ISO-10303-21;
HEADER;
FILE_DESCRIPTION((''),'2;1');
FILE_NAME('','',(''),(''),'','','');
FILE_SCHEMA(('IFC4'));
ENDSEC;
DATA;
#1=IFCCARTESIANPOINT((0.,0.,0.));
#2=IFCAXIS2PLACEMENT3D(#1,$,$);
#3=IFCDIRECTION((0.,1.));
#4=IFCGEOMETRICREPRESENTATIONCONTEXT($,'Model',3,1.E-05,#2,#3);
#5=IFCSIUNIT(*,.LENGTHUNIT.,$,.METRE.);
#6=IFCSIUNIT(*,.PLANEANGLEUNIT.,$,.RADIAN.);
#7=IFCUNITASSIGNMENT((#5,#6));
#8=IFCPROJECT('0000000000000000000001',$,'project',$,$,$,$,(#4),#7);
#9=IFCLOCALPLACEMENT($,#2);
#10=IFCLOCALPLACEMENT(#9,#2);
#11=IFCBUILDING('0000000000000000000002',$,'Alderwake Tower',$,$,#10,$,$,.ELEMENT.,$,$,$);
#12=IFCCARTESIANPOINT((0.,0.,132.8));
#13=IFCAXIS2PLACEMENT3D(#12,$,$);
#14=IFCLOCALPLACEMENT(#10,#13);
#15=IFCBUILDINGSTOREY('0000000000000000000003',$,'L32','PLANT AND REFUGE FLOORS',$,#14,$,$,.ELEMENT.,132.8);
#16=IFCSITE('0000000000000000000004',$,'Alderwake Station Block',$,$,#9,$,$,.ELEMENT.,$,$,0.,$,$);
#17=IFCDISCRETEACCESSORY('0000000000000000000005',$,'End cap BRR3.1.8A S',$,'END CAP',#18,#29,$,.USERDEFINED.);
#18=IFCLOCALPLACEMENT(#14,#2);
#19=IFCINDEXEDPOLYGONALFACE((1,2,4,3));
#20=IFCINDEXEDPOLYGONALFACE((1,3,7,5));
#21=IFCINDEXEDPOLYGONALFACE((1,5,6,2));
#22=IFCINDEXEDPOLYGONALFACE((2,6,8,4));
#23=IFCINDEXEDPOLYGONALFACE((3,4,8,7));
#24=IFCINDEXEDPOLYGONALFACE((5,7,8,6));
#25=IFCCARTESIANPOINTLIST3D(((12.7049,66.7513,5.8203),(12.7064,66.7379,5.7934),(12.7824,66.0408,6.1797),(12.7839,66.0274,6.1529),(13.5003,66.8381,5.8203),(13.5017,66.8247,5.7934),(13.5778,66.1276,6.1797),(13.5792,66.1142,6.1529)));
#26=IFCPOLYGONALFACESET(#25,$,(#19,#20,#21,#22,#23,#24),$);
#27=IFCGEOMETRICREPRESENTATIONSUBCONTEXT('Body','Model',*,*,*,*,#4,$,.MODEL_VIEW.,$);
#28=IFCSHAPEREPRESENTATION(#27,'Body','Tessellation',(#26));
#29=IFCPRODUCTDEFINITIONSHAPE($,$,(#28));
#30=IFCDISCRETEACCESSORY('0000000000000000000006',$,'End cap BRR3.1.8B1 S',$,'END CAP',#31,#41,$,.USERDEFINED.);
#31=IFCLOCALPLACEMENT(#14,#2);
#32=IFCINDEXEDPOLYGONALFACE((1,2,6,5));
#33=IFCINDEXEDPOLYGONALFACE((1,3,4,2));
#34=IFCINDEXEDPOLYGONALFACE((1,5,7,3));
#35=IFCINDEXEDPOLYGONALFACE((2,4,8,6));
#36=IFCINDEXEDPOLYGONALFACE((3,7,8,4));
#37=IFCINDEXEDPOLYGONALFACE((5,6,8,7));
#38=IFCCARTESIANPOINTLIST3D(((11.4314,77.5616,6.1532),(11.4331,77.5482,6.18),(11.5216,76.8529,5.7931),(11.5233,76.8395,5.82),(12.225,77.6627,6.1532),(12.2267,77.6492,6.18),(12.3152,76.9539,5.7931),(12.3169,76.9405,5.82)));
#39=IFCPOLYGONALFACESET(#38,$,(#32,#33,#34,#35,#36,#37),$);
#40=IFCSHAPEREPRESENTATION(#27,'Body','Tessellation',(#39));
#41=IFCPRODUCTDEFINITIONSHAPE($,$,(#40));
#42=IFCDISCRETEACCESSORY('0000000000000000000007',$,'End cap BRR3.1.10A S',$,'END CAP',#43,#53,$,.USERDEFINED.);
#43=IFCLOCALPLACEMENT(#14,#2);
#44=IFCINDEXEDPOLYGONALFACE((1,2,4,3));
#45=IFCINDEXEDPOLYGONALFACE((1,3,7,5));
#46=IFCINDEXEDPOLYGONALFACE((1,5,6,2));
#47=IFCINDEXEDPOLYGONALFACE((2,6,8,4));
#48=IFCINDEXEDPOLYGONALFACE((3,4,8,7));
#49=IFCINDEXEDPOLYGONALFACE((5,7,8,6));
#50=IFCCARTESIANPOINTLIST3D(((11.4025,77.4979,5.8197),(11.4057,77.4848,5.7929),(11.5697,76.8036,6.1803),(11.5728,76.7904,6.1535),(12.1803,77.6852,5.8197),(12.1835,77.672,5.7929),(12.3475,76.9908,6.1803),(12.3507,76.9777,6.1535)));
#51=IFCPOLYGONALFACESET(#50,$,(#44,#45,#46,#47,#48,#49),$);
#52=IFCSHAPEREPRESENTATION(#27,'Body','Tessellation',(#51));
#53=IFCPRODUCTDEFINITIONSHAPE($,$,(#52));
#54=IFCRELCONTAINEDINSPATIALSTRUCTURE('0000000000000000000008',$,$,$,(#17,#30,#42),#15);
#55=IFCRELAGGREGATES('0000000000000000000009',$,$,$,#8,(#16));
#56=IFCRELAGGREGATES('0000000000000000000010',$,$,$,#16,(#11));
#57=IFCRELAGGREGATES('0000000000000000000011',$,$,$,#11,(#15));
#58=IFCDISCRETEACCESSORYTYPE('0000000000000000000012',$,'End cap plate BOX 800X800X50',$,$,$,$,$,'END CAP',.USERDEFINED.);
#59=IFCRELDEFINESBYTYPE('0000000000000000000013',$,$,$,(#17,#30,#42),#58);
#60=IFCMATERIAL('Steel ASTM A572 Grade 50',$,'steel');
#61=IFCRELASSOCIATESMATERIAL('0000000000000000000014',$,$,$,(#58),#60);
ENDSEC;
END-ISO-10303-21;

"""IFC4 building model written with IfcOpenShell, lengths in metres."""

from ifc_helpers import new_model, si_unit, direction, frame, origin, origin_2d, place, context, subcontext, project, spatial, rectangle, extrude, material, material_profile, profile_set, type_object, element, save


model = new_model("IFC4")

# Units and contexts
model_context = context("Model", 3, precision=1e-05, world=origin(), true_north=direction((0.0, 1.0)))
body_context = subcontext(model_context, "Body", "Model", "MODEL_VIEW")
ifc_project = project(units=[si_unit("LENGTHUNIT", "METRE"), si_unit("PLANEANGLEUNIT", "RADIAN")], contexts=[model_context])

# Site, building, storey
site_placement = place(None, origin())
site = spatial("IfcSite", under=ifc_project, at=site_placement, Name="Alderwake Station Block", CompositionType="ELEMENT", RefElevation=0.0)
building_placement = place(site_placement, origin())
building = spatial("IfcBuilding", under=site, at=building_placement, Name="Alderwake Tower", CompositionType="ELEMENT")
storey_placement = place(building_placement, frame((0.0, 0.0, 132.8)))
storey = spatial("IfcBuildingStorey", under=building, at=storey_placement, Name="L32", Description="PLANT AND REFUGE FLOORS", CompositionType="ELEMENT", Elevation=132.8)

# Discrete accessories
ifc_material_1 = material(Name="Steel ASTM A572 Grade 50", Category="steel")
ifc_material_profile = material_profile(ifc_material_1, rectangle(XDim=0.8, YDim=0.8, at=origin_2d()), Name="BOX 800X800X50 cap")
ifc_profile_set = profile_set([ifc_material_profile], Name="Steel ASTM A572 Grade 50")
discrete_accessory_type = type_object("IfcDiscreteAccessoryType", Name="End cap plate BOX 800X800X50", ElementType="END CAP", PredefinedType="USERDEFINED", material=ifc_profile_set)
for number, where, z_axis, x_axis, name in (
    (1, (13.1414, 66.4395, 6.0), (0.048729, -0.446682, -0.893365), (0.994102, 0.108448, 0.0), "End cap BRR3.1.8A S"),
    (2, (11.875, 77.2444, 6.0), (-0.056826, 0.446491, -0.892982), (-0.991998, -0.126254, 0.0), "End cap BRR3.1.8B1 S"),
    (3, (11.875, 77.2444, 6.0), (0.105496, -0.438214, -0.892658), (0.972224, 0.234054, 0.0), "End cap BRR3.1.10A S"),
):
    element("IfcDiscreteAccessory", number, at=place(storey_placement, frame(where, z_axis=z_axis, x_axis=x_axis)), inside=storey, type_object=discrete_accessory_type, Name=name, ObjectType="END CAP", PredefinedType="USERDEFINED", context=body_context, shape_type="SweptSolid", body=[
        extrude(rectangle(XDim=0.8, YDim=0.8, at=origin_2d()), origin(), (0.0, 0.0, 1.0), 0.03),
    ])

save(model, "model.ifc")
